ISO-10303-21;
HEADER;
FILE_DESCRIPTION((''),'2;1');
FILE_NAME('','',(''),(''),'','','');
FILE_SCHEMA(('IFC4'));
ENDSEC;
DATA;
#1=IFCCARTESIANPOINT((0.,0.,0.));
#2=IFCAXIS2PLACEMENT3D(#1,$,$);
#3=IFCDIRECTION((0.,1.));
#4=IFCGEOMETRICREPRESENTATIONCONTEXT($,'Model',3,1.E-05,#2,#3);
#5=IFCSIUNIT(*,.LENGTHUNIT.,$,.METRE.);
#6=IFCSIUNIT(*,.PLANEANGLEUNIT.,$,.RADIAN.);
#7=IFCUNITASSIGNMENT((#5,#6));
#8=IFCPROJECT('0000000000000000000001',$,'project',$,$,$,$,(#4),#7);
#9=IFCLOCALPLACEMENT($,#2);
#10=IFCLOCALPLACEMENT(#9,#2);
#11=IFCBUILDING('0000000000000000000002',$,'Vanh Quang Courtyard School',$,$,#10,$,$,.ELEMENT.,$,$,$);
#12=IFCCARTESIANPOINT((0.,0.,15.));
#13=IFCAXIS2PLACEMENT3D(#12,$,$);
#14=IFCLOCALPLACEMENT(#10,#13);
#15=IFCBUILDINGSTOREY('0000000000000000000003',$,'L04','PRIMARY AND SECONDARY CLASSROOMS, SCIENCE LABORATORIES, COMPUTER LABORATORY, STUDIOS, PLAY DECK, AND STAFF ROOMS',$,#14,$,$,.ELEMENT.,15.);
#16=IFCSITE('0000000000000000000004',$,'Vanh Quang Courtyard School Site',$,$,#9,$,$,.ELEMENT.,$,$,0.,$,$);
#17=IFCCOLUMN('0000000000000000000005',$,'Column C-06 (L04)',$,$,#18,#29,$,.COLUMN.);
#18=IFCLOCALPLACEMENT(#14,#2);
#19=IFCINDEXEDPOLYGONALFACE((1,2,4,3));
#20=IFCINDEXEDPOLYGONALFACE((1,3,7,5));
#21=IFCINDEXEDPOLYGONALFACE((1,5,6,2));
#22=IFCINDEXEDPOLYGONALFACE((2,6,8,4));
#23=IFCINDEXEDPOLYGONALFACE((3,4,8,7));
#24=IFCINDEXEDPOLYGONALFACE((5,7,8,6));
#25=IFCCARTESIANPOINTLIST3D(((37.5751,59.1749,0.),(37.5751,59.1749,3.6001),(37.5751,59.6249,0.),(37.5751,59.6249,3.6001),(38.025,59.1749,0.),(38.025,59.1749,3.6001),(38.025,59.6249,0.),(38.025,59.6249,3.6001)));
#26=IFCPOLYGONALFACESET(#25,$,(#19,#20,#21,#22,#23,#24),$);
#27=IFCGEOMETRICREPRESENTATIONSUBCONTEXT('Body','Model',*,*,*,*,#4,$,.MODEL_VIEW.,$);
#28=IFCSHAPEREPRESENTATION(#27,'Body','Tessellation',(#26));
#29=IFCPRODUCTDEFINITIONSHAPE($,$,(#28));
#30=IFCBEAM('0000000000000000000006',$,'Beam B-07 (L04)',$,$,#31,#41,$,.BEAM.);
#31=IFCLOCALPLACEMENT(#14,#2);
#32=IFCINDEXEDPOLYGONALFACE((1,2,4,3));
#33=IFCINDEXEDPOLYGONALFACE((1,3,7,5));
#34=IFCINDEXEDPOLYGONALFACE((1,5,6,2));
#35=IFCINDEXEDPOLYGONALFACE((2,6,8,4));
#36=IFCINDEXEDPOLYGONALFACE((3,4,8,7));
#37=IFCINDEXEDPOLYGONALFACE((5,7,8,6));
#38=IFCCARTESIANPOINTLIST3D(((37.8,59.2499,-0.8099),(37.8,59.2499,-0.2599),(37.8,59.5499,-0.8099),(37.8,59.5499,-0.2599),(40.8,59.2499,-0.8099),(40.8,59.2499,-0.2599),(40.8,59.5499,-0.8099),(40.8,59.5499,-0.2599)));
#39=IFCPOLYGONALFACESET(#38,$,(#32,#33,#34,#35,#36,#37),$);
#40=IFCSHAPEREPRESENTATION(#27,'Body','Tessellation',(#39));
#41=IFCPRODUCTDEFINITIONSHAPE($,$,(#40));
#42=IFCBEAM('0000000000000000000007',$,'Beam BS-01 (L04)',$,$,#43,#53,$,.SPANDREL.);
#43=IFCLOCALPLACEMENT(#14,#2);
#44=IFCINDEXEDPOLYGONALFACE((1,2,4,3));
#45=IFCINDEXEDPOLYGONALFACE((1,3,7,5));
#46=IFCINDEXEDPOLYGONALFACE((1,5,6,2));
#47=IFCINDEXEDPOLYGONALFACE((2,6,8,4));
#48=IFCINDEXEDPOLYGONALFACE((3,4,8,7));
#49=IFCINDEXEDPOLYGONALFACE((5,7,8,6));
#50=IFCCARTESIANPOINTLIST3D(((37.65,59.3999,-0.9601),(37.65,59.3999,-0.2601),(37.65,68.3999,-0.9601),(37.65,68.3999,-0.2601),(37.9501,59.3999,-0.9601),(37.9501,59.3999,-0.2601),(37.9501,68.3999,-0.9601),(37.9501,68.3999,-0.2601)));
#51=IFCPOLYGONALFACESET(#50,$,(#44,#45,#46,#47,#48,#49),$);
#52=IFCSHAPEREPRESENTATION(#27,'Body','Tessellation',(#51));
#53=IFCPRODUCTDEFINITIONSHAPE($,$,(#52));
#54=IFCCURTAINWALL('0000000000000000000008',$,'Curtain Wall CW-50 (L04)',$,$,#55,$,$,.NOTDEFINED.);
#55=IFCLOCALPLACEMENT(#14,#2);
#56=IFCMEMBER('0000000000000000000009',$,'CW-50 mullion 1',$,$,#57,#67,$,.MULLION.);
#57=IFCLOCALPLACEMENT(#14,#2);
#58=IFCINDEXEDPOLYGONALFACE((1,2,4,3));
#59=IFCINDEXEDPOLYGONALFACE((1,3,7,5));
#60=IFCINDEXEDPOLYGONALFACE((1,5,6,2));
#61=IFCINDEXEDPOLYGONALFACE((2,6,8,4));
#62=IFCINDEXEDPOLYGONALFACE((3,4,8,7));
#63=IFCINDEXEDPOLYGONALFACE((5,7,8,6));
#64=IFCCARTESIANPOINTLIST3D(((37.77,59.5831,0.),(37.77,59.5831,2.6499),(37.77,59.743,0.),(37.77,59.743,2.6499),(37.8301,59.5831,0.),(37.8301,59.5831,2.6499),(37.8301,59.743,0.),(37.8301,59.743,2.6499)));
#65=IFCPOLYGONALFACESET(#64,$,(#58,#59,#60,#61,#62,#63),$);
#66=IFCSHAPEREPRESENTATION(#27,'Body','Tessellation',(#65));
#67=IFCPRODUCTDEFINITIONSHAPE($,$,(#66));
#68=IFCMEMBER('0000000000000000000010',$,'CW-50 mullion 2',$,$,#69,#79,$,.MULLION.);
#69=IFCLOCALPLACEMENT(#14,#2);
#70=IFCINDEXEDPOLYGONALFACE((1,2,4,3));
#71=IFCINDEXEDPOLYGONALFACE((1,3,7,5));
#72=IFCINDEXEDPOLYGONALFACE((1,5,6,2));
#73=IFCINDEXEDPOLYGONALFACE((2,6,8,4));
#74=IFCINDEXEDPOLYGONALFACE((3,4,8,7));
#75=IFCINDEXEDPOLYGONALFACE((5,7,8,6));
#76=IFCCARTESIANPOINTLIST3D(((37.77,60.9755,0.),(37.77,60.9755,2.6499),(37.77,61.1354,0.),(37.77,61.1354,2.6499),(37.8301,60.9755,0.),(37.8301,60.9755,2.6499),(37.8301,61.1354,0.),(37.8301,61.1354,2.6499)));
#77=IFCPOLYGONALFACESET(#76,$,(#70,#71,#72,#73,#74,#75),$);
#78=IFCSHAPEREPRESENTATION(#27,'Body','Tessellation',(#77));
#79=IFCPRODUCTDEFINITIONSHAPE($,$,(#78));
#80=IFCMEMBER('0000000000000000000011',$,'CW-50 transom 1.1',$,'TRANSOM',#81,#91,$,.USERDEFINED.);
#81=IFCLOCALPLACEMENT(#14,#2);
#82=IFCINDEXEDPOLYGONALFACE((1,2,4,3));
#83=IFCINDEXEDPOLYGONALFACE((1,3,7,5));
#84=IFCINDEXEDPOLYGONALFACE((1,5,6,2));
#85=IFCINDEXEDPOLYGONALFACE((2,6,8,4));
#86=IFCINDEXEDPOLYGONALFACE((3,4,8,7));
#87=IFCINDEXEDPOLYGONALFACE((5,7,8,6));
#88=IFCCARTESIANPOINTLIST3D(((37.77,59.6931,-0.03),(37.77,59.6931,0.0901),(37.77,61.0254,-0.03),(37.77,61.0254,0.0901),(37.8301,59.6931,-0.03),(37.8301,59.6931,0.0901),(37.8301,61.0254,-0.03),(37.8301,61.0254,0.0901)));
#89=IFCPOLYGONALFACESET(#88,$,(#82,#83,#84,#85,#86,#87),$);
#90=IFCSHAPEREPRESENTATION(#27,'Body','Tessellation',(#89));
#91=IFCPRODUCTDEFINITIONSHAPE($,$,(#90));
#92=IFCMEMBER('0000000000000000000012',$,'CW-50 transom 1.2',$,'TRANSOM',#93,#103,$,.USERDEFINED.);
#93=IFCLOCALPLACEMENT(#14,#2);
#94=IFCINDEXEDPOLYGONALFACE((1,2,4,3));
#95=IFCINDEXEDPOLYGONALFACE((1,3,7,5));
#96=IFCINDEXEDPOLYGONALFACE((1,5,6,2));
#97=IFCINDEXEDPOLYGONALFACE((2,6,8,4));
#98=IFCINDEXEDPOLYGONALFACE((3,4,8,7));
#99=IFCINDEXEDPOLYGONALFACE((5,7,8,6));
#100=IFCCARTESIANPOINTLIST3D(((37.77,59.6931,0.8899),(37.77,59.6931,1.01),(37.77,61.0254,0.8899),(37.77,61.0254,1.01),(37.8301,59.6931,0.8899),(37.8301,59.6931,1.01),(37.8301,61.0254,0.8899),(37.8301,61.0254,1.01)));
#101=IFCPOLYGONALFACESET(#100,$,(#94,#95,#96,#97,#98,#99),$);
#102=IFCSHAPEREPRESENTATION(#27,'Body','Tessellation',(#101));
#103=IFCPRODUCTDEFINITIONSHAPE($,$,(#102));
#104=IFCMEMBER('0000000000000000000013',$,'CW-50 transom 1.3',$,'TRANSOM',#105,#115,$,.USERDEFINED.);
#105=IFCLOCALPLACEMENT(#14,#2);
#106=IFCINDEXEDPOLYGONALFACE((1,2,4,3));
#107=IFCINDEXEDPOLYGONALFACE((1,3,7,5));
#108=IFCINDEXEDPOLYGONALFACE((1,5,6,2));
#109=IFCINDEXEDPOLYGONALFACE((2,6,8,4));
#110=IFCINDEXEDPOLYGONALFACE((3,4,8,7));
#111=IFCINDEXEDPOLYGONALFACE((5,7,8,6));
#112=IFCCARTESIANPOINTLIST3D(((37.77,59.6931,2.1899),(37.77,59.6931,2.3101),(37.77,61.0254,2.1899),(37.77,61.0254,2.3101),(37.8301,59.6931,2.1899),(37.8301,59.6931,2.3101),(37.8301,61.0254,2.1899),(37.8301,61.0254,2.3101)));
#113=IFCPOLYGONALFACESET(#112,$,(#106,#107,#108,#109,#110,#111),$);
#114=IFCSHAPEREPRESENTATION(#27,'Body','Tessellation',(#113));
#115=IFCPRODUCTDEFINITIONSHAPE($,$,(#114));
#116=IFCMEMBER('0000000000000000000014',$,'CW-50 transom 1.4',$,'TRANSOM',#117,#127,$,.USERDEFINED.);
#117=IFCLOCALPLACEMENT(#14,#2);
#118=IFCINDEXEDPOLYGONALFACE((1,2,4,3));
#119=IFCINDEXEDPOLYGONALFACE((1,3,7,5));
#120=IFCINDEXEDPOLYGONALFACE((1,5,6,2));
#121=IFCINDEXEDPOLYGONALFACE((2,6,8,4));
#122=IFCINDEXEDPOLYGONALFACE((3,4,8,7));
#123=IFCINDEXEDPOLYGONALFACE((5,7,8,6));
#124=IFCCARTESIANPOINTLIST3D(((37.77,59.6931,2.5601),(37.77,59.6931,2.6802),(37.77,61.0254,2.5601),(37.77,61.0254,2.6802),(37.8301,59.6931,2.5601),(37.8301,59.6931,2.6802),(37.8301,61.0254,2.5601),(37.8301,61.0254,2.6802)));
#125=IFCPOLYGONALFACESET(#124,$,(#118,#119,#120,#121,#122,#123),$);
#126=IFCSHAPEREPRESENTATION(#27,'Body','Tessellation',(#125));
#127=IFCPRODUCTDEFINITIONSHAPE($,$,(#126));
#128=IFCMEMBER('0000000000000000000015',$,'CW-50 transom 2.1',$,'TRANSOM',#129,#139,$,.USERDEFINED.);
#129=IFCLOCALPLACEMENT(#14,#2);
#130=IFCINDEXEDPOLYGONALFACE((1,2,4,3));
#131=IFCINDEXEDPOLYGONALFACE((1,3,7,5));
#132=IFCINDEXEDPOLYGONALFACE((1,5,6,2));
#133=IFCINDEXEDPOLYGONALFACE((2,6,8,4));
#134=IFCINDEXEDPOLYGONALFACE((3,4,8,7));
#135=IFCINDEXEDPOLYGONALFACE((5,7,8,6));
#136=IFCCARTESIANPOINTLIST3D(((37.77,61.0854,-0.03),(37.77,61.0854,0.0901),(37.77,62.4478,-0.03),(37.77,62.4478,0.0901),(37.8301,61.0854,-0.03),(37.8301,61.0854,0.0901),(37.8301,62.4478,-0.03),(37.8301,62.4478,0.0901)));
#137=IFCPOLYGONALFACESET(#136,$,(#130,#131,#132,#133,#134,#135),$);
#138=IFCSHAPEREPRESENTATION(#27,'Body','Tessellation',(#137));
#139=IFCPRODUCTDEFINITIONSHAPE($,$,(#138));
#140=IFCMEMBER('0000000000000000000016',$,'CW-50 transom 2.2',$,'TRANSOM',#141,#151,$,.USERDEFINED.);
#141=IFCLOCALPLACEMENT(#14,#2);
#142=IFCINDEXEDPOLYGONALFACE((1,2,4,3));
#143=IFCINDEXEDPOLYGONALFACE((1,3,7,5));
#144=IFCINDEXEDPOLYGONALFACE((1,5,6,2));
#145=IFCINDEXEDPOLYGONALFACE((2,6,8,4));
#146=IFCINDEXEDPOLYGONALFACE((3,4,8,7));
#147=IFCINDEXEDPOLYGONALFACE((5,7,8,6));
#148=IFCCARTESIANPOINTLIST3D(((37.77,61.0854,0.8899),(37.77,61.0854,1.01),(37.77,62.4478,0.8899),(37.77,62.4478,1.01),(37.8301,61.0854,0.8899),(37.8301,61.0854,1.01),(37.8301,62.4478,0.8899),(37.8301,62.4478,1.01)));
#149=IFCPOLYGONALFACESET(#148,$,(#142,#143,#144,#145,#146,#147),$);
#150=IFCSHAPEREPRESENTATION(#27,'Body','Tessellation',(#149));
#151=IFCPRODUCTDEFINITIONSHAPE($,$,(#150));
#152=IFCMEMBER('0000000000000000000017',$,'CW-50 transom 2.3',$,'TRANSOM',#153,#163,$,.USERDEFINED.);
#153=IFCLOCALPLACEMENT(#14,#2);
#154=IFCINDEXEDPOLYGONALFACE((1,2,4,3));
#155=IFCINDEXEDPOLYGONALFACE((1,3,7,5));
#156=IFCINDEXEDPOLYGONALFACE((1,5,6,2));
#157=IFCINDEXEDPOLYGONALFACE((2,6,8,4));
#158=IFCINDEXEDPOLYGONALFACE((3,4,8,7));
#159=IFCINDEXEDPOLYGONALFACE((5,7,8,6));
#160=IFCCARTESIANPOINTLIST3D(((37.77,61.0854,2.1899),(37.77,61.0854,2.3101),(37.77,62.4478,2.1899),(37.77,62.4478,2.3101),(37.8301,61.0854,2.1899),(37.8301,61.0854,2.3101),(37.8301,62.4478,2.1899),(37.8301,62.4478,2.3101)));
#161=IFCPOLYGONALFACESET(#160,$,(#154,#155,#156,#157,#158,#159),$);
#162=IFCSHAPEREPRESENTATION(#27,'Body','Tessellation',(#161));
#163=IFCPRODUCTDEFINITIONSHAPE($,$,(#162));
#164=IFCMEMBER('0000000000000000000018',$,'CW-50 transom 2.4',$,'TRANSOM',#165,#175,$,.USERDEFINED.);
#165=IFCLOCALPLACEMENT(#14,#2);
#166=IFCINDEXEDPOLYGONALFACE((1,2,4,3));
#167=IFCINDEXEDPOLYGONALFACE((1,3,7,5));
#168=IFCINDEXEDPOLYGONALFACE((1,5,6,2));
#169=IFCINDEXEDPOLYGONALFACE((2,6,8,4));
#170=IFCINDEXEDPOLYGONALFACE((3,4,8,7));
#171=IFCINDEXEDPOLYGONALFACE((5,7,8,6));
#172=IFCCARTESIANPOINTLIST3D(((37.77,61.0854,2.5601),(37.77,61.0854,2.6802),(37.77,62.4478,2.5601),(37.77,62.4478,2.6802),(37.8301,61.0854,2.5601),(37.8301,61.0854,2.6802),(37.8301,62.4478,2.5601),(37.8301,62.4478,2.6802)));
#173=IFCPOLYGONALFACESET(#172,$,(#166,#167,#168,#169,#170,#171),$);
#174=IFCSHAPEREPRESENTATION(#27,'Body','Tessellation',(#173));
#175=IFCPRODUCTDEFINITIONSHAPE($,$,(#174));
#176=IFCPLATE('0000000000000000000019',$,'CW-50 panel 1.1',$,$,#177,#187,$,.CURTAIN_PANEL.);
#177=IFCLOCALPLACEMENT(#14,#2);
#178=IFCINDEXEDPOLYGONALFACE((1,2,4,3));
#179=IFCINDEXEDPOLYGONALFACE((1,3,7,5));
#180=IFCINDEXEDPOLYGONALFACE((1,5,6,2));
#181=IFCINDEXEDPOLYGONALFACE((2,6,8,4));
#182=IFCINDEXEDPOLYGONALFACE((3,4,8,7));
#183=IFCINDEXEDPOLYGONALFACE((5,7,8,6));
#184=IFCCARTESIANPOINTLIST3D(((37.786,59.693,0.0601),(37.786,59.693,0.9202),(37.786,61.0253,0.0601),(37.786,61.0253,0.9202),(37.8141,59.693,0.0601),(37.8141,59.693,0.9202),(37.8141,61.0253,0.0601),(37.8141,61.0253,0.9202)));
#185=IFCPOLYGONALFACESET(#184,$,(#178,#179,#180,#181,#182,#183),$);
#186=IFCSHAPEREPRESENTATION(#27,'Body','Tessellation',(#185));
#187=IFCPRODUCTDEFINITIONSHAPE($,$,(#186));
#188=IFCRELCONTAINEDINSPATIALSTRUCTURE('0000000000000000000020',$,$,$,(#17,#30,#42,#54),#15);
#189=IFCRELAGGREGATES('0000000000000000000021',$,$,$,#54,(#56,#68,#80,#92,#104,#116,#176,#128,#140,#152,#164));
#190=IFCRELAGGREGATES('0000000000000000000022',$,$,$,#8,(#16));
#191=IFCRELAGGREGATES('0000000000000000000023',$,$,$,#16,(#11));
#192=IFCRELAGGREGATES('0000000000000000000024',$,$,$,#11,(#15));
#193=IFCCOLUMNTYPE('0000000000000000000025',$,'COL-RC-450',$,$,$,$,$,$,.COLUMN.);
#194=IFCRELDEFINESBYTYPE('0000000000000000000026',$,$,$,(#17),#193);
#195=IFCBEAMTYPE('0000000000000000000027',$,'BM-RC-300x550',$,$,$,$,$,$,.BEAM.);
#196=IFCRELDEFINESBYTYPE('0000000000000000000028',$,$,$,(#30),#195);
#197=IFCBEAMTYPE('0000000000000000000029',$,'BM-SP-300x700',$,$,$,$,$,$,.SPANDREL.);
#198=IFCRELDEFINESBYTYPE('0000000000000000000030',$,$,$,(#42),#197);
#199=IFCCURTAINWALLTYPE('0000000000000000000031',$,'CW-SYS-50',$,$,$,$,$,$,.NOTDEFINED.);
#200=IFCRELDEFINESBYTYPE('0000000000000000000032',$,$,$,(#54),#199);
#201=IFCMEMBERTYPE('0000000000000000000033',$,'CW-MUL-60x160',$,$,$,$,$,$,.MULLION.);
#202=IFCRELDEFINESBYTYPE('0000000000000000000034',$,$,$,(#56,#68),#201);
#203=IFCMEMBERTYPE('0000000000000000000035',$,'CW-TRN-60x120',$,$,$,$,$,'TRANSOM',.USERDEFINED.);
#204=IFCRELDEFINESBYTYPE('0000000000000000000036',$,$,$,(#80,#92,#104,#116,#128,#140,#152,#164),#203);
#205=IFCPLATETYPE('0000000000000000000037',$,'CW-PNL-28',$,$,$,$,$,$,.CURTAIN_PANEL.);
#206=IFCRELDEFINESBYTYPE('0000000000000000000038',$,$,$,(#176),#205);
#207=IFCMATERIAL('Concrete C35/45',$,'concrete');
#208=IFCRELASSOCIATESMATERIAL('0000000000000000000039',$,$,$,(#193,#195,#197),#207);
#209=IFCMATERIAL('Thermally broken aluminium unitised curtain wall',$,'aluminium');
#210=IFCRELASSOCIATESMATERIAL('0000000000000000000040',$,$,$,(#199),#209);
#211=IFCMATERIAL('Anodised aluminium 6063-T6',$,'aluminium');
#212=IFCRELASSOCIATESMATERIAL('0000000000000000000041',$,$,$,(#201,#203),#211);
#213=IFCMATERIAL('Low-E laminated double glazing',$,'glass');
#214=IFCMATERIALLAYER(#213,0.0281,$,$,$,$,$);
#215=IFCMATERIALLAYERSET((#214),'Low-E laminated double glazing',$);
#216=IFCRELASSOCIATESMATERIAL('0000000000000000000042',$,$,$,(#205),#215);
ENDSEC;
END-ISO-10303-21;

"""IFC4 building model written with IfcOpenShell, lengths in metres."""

from ifc_helpers import new_model, si_unit, direction, frame, origin, origin_2d, place, context, subcontext, project, spatial, rectangle, extrude, material, layer, layer_set, material_profile, profile_set, type_object, element, aggregate, save


model = new_model("IFC4")

# Units and contexts
model_context = context("Model", 3, precision=1e-05, world=origin(), true_north=direction((0.0, 1.0)))
body_context = subcontext(model_context, "Body", "Model", "MODEL_VIEW")
ifc_project = project(units=[si_unit("LENGTHUNIT", "METRE"), si_unit("PLANEANGLEUNIT", "RADIAN")], contexts=[model_context])

# Site, building, storey
site_placement = place(None, origin())
site = spatial("IfcSite", under=ifc_project, at=site_placement, Name="Vanh Quang Courtyard School Site", CompositionType="ELEMENT", RefElevation=0.0)
building_placement = place(site_placement, origin())
building = spatial("IfcBuilding", under=site, at=building_placement, Name="Vanh Quang Courtyard School", CompositionType="ELEMENT")
storey_placement = place(building_placement, frame((0.0, 0.0, 15.0)))
storey = spatial("IfcBuildingStorey", under=building, at=storey_placement, Name="L04", Description="PRIMARY AND SECONDARY CLASSROOMS, SCIENCE LABORATORIES, COMPUTER LABORATORY, STUDIOS, PLAY DECK, AND STAFF ROOMS", CompositionType="ELEMENT", Elevation=15.0)

# Column
ifc_material_1 = material(Name="Concrete C35/45", Category="concrete")
ifc_material_profile_1 = material_profile(ifc_material_1, rectangle(XDim=0.45, YDim=0.45, at=origin_2d()), Name="RC-COL 450x450")
ifc_profile_set_1 = profile_set([ifc_material_profile_1], Name="Concrete C35/45")
column_type = type_object("IfcColumnType", Name="COL-RC-450", PredefinedType="COLUMN", material=ifc_profile_set_1)
column_placement = place(storey_placement, frame((37.8, 59.3999, 0.0), z_axis=(0.0, 0.0, 1.0), x_axis=(1.0, 0.0, 0.0)))
element("IfcColumn", 1, at=column_placement, inside=storey, type_object=column_type, Name="Column C-06 (L04)", PredefinedType="COLUMN", context=body_context, shape_type="SweptSolid", body=[
    extrude(rectangle(XDim=0.45, YDim=0.45, at=origin_2d()), origin(), (0.0, 0.0, 1.0), 3.6001),
])

# Beams
ifc_material_profile_2 = material_profile(ifc_material_1, rectangle(XDim=0.3, YDim=0.55, at=origin_2d()), Name="RC-BM 300x550")
ifc_profile_set_2 = profile_set([ifc_material_profile_2], Name="Concrete C35/45")
beam_type_1 = type_object("IfcBeamType", Name="BM-RC-300x550", PredefinedType="BEAM", material=ifc_profile_set_2)
beam_1_placement = place(storey_placement, frame((37.8, 59.3999, -0.5349), z_axis=(1.0, 0.0, 0.0), x_axis=(0.0, 1.0, 0.0)))
element("IfcBeam", 2, at=beam_1_placement, inside=storey, type_object=beam_type_1, Name="Beam B-07 (L04)", PredefinedType="BEAM", context=body_context, shape_type="SweptSolid", body=[
    extrude(rectangle(XDim=0.3, YDim=0.55, at=origin_2d()), origin(), (0.0, 0.0, 1.0), 3.0),
])
ifc_material_profile_3 = material_profile(ifc_material_1, rectangle(XDim=0.3, YDim=0.7, at=origin_2d()), Name="RC-SP 300x700")
ifc_profile_set_3 = profile_set([ifc_material_profile_3], Name="Concrete C35/45")
beam_type_2 = type_object("IfcBeamType", Name="BM-SP-300x700", PredefinedType="SPANDREL", material=ifc_profile_set_3)
beam_2_placement = place(storey_placement, frame((37.8, 59.3999, -0.6101), z_axis=(0.0, 1.0, 0.0), x_axis=(-1.0, 0.0, 0.0)))
element("IfcBeam", 3, at=beam_2_placement, inside=storey, type_object=beam_type_2, Name="Beam BS-01 (L04)", PredefinedType="SPANDREL", context=body_context, shape_type="SweptSolid", body=[
    extrude(rectangle(XDim=0.3, YDim=0.7, at=origin_2d()), origin(), (0.0, 0.0, 1.0), 9.0),
])

# Curtain wall, members, plate
ifc_material_2 = material(Name="Thermally broken aluminium unitised curtain wall", Category="aluminium")
curtain_wall_type = type_object("IfcCurtainWallType", Name="CW-SYS-50", PredefinedType="NOTDEFINED", material=ifc_material_2)
curtain_wall_placement = place(storey_placement, origin())
curtain_wall = element("IfcCurtainWall", 4, at=curtain_wall_placement, inside=storey, type_object=curtain_wall_type, Name="Curtain Wall CW-50 (L04)", PredefinedType="NOTDEFINED")
ifc_material_3 = material(Name="Anodised aluminium 6063-T6", Category="aluminium")
ifc_material_profile_4 = material_profile(ifc_material_3, rectangle(XDim=0.0601, YDim=0.1599, at=origin_2d()), Name="ALU-MUL 60x160")
ifc_profile_set_4 = profile_set([ifc_material_profile_4], Name="Anodised aluminium 6063-T6")
member_type_1 = type_object("IfcMemberType", Name="CW-MUL-60x160", PredefinedType="MULLION", material=ifc_profile_set_4)
member_1_placement = place(storey_placement, frame((37.8, 59.6631, 0.0), z_axis=(0.0, 0.0, 1.0), x_axis=(-1.0, 0.0, 0.0)))
member_1 = element("IfcMember", 5, at=member_1_placement, type_object=member_type_1, Name="CW-50 mullion 1", PredefinedType="MULLION", context=body_context, shape_type="SweptSolid", body=[
    extrude(rectangle(XDim=0.0601, YDim=0.1599, at=origin_2d()), origin(), (0.0, 0.0, 1.0), 2.6499),
])
member_2_placement = place(storey_placement, frame((37.8, 61.0554, 0.0), z_axis=(0.0, 0.0, 1.0), x_axis=(-1.0, 0.0, 0.0)))
member_2 = element("IfcMember", 6, at=member_2_placement, type_object=member_type_1, Name="CW-50 mullion 2", PredefinedType="MULLION", context=body_context, shape_type="SweptSolid", body=[
    extrude(rectangle(XDim=0.0601, YDim=0.1599, at=origin_2d()), origin(), (0.0, 0.0, 1.0), 2.6499),
])
ifc_material_profile_5 = material_profile(ifc_material_3, rectangle(XDim=0.0601, YDim=0.1201, at=origin_2d()), Name="ALU-TRN 60x120")
ifc_profile_set_5 = profile_set([ifc_material_profile_5], Name="Anodised aluminium 6063-T6")
member_type_2 = type_object("IfcMemberType", Name="CW-TRN-60x120", ElementType="TRANSOM", PredefinedType="USERDEFINED", material=ifc_profile_set_5)
member_3_placement = place(storey_placement, frame((37.8, 59.6931, 0.03), z_axis=(0.0, 1.0, 0.0), x_axis=(-1.0, 0.0, 0.0)))
member_3 = element("IfcMember", 7, at=member_3_placement, type_object=member_type_2, Name="CW-50 transom 1.1", ObjectType="TRANSOM", PredefinedType="USERDEFINED", context=body_context, shape_type="SweptSolid", body=[
    extrude(rectangle(XDim=0.0601, YDim=0.1201, at=origin_2d()), origin(), (0.0, 0.0, 1.0), 1.3323),
])
member_4_placement = place(storey_placement, frame((37.8, 59.6931, 0.95), z_axis=(0.0, 1.0, 0.0), x_axis=(-1.0, 0.0, 0.0)))
member_4 = element("IfcMember", 8, at=member_4_placement, type_object=member_type_2, Name="CW-50 transom 1.2", ObjectType="TRANSOM", PredefinedType="USERDEFINED", context=body_context, shape_type="SweptSolid", body=[
    extrude(rectangle(XDim=0.0601, YDim=0.1201, at=origin_2d()), origin(), (0.0, 0.0, 1.0), 1.3323),
])
member_5_placement = place(storey_placement, frame((37.8, 59.6931, 2.25), z_axis=(0.0, 1.0, 0.0), x_axis=(-1.0, 0.0, 0.0)))
member_5 = element("IfcMember", 9, at=member_5_placement, type_object=member_type_2, Name="CW-50 transom 1.3", ObjectType="TRANSOM", PredefinedType="USERDEFINED", context=body_context, shape_type="SweptSolid", body=[
    extrude(rectangle(XDim=0.0601, YDim=0.1201, at=origin_2d()), origin(), (0.0, 0.0, 1.0), 1.3323),
])
member_6_placement = place(storey_placement, frame((37.8, 59.6931, 2.6201), z_axis=(0.0, 1.0, 0.0), x_axis=(-1.0, 0.0, 0.0)))
member_6 = element("IfcMember", 10, at=member_6_placement, type_object=member_type_2, Name="CW-50 transom 1.4", ObjectType="TRANSOM", PredefinedType="USERDEFINED", context=body_context, shape_type="SweptSolid", body=[
    extrude(rectangle(XDim=0.0601, YDim=0.1201, at=origin_2d()), origin(), (0.0, 0.0, 1.0), 1.3323),
])
member_7_placement = place(storey_placement, frame((37.8, 61.0854, 0.03), z_axis=(0.0, 1.0, 0.0), x_axis=(-1.0, 0.0, 0.0)))
member_7 = element("IfcMember", 11, at=member_7_placement, type_object=member_type_2, Name="CW-50 transom 2.1", ObjectType="TRANSOM", PredefinedType="USERDEFINED", context=body_context, shape_type="SweptSolid", body=[
    extrude(rectangle(XDim=0.0601, YDim=0.1201, at=origin_2d()), origin(), (0.0, 0.0, 1.0), 1.3623),
])
member_8_placement = place(storey_placement, frame((37.8, 61.0854, 0.95), z_axis=(0.0, 1.0, 0.0), x_axis=(-1.0, 0.0, 0.0)))
member_8 = element("IfcMember", 12, at=member_8_placement, type_object=member_type_2, Name="CW-50 transom 2.2", ObjectType="TRANSOM", PredefinedType="USERDEFINED", context=body_context, shape_type="SweptSolid", body=[
    extrude(rectangle(XDim=0.0601, YDim=0.1201, at=origin_2d()), origin(), (0.0, 0.0, 1.0), 1.3623),
])
member_9_placement = place(storey_placement, frame((37.8, 61.0854, 2.25), z_axis=(0.0, 1.0, 0.0), x_axis=(-1.0, 0.0, 0.0)))
member_9 = element("IfcMember", 13, at=member_9_placement, type_object=member_type_2, Name="CW-50 transom 2.3", ObjectType="TRANSOM", PredefinedType="USERDEFINED", context=body_context, shape_type="SweptSolid", body=[
    extrude(rectangle(XDim=0.0601, YDim=0.1201, at=origin_2d()), origin(), (0.0, 0.0, 1.0), 1.3623),
])
member_10_placement = place(storey_placement, frame((37.8, 61.0854, 2.6201), z_axis=(0.0, 1.0, 0.0), x_axis=(-1.0, 0.0, 0.0)))
member_10 = element("IfcMember", 14, at=member_10_placement, type_object=member_type_2, Name="CW-50 transom 2.4", ObjectType="TRANSOM", PredefinedType="USERDEFINED", context=body_context, shape_type="SweptSolid", body=[
    extrude(rectangle(XDim=0.0601, YDim=0.1201, at=origin_2d()), origin(), (0.0, 0.0, 1.0), 1.3623),
])
ifc_material_4 = material(Name="Low-E laminated double glazing", Category="glass")
ifc_layer_1 = layer(ifc_material_4, 0.0281)
ifc_layer_set_1 = layer_set([ifc_layer_1], Name="Low-E laminated double glazing")
plate_type = type_object("IfcPlateType", Name="CW-PNL-28", PredefinedType="CURTAIN_PANEL", material=ifc_layer_set_1)
plate_1_placement = place(storey_placement, frame((37.8, 60.3591, 0.0601), z_axis=(0.0, 0.0, 1.0), x_axis=(0.0, 1.0, 0.0)))
plate_1 = element("IfcPlate", 15, at=plate_1_placement, type_object=plate_type, Name="CW-50 panel 1.1", PredefinedType="CURTAIN_PANEL", context=body_context, shape_type="SweptSolid", body=[
    extrude(rectangle(XDim=1.3323, YDim=0.0281, at=origin_2d()), origin(), (0.0, 0.0, 1.0), 0.8601),
])
aggregate(curtain_wall, [member_1, member_2, member_3, member_4, member_5, member_6, plate_1, member_7, member_8, member_9, member_10])

save(model, "model.ifc")
